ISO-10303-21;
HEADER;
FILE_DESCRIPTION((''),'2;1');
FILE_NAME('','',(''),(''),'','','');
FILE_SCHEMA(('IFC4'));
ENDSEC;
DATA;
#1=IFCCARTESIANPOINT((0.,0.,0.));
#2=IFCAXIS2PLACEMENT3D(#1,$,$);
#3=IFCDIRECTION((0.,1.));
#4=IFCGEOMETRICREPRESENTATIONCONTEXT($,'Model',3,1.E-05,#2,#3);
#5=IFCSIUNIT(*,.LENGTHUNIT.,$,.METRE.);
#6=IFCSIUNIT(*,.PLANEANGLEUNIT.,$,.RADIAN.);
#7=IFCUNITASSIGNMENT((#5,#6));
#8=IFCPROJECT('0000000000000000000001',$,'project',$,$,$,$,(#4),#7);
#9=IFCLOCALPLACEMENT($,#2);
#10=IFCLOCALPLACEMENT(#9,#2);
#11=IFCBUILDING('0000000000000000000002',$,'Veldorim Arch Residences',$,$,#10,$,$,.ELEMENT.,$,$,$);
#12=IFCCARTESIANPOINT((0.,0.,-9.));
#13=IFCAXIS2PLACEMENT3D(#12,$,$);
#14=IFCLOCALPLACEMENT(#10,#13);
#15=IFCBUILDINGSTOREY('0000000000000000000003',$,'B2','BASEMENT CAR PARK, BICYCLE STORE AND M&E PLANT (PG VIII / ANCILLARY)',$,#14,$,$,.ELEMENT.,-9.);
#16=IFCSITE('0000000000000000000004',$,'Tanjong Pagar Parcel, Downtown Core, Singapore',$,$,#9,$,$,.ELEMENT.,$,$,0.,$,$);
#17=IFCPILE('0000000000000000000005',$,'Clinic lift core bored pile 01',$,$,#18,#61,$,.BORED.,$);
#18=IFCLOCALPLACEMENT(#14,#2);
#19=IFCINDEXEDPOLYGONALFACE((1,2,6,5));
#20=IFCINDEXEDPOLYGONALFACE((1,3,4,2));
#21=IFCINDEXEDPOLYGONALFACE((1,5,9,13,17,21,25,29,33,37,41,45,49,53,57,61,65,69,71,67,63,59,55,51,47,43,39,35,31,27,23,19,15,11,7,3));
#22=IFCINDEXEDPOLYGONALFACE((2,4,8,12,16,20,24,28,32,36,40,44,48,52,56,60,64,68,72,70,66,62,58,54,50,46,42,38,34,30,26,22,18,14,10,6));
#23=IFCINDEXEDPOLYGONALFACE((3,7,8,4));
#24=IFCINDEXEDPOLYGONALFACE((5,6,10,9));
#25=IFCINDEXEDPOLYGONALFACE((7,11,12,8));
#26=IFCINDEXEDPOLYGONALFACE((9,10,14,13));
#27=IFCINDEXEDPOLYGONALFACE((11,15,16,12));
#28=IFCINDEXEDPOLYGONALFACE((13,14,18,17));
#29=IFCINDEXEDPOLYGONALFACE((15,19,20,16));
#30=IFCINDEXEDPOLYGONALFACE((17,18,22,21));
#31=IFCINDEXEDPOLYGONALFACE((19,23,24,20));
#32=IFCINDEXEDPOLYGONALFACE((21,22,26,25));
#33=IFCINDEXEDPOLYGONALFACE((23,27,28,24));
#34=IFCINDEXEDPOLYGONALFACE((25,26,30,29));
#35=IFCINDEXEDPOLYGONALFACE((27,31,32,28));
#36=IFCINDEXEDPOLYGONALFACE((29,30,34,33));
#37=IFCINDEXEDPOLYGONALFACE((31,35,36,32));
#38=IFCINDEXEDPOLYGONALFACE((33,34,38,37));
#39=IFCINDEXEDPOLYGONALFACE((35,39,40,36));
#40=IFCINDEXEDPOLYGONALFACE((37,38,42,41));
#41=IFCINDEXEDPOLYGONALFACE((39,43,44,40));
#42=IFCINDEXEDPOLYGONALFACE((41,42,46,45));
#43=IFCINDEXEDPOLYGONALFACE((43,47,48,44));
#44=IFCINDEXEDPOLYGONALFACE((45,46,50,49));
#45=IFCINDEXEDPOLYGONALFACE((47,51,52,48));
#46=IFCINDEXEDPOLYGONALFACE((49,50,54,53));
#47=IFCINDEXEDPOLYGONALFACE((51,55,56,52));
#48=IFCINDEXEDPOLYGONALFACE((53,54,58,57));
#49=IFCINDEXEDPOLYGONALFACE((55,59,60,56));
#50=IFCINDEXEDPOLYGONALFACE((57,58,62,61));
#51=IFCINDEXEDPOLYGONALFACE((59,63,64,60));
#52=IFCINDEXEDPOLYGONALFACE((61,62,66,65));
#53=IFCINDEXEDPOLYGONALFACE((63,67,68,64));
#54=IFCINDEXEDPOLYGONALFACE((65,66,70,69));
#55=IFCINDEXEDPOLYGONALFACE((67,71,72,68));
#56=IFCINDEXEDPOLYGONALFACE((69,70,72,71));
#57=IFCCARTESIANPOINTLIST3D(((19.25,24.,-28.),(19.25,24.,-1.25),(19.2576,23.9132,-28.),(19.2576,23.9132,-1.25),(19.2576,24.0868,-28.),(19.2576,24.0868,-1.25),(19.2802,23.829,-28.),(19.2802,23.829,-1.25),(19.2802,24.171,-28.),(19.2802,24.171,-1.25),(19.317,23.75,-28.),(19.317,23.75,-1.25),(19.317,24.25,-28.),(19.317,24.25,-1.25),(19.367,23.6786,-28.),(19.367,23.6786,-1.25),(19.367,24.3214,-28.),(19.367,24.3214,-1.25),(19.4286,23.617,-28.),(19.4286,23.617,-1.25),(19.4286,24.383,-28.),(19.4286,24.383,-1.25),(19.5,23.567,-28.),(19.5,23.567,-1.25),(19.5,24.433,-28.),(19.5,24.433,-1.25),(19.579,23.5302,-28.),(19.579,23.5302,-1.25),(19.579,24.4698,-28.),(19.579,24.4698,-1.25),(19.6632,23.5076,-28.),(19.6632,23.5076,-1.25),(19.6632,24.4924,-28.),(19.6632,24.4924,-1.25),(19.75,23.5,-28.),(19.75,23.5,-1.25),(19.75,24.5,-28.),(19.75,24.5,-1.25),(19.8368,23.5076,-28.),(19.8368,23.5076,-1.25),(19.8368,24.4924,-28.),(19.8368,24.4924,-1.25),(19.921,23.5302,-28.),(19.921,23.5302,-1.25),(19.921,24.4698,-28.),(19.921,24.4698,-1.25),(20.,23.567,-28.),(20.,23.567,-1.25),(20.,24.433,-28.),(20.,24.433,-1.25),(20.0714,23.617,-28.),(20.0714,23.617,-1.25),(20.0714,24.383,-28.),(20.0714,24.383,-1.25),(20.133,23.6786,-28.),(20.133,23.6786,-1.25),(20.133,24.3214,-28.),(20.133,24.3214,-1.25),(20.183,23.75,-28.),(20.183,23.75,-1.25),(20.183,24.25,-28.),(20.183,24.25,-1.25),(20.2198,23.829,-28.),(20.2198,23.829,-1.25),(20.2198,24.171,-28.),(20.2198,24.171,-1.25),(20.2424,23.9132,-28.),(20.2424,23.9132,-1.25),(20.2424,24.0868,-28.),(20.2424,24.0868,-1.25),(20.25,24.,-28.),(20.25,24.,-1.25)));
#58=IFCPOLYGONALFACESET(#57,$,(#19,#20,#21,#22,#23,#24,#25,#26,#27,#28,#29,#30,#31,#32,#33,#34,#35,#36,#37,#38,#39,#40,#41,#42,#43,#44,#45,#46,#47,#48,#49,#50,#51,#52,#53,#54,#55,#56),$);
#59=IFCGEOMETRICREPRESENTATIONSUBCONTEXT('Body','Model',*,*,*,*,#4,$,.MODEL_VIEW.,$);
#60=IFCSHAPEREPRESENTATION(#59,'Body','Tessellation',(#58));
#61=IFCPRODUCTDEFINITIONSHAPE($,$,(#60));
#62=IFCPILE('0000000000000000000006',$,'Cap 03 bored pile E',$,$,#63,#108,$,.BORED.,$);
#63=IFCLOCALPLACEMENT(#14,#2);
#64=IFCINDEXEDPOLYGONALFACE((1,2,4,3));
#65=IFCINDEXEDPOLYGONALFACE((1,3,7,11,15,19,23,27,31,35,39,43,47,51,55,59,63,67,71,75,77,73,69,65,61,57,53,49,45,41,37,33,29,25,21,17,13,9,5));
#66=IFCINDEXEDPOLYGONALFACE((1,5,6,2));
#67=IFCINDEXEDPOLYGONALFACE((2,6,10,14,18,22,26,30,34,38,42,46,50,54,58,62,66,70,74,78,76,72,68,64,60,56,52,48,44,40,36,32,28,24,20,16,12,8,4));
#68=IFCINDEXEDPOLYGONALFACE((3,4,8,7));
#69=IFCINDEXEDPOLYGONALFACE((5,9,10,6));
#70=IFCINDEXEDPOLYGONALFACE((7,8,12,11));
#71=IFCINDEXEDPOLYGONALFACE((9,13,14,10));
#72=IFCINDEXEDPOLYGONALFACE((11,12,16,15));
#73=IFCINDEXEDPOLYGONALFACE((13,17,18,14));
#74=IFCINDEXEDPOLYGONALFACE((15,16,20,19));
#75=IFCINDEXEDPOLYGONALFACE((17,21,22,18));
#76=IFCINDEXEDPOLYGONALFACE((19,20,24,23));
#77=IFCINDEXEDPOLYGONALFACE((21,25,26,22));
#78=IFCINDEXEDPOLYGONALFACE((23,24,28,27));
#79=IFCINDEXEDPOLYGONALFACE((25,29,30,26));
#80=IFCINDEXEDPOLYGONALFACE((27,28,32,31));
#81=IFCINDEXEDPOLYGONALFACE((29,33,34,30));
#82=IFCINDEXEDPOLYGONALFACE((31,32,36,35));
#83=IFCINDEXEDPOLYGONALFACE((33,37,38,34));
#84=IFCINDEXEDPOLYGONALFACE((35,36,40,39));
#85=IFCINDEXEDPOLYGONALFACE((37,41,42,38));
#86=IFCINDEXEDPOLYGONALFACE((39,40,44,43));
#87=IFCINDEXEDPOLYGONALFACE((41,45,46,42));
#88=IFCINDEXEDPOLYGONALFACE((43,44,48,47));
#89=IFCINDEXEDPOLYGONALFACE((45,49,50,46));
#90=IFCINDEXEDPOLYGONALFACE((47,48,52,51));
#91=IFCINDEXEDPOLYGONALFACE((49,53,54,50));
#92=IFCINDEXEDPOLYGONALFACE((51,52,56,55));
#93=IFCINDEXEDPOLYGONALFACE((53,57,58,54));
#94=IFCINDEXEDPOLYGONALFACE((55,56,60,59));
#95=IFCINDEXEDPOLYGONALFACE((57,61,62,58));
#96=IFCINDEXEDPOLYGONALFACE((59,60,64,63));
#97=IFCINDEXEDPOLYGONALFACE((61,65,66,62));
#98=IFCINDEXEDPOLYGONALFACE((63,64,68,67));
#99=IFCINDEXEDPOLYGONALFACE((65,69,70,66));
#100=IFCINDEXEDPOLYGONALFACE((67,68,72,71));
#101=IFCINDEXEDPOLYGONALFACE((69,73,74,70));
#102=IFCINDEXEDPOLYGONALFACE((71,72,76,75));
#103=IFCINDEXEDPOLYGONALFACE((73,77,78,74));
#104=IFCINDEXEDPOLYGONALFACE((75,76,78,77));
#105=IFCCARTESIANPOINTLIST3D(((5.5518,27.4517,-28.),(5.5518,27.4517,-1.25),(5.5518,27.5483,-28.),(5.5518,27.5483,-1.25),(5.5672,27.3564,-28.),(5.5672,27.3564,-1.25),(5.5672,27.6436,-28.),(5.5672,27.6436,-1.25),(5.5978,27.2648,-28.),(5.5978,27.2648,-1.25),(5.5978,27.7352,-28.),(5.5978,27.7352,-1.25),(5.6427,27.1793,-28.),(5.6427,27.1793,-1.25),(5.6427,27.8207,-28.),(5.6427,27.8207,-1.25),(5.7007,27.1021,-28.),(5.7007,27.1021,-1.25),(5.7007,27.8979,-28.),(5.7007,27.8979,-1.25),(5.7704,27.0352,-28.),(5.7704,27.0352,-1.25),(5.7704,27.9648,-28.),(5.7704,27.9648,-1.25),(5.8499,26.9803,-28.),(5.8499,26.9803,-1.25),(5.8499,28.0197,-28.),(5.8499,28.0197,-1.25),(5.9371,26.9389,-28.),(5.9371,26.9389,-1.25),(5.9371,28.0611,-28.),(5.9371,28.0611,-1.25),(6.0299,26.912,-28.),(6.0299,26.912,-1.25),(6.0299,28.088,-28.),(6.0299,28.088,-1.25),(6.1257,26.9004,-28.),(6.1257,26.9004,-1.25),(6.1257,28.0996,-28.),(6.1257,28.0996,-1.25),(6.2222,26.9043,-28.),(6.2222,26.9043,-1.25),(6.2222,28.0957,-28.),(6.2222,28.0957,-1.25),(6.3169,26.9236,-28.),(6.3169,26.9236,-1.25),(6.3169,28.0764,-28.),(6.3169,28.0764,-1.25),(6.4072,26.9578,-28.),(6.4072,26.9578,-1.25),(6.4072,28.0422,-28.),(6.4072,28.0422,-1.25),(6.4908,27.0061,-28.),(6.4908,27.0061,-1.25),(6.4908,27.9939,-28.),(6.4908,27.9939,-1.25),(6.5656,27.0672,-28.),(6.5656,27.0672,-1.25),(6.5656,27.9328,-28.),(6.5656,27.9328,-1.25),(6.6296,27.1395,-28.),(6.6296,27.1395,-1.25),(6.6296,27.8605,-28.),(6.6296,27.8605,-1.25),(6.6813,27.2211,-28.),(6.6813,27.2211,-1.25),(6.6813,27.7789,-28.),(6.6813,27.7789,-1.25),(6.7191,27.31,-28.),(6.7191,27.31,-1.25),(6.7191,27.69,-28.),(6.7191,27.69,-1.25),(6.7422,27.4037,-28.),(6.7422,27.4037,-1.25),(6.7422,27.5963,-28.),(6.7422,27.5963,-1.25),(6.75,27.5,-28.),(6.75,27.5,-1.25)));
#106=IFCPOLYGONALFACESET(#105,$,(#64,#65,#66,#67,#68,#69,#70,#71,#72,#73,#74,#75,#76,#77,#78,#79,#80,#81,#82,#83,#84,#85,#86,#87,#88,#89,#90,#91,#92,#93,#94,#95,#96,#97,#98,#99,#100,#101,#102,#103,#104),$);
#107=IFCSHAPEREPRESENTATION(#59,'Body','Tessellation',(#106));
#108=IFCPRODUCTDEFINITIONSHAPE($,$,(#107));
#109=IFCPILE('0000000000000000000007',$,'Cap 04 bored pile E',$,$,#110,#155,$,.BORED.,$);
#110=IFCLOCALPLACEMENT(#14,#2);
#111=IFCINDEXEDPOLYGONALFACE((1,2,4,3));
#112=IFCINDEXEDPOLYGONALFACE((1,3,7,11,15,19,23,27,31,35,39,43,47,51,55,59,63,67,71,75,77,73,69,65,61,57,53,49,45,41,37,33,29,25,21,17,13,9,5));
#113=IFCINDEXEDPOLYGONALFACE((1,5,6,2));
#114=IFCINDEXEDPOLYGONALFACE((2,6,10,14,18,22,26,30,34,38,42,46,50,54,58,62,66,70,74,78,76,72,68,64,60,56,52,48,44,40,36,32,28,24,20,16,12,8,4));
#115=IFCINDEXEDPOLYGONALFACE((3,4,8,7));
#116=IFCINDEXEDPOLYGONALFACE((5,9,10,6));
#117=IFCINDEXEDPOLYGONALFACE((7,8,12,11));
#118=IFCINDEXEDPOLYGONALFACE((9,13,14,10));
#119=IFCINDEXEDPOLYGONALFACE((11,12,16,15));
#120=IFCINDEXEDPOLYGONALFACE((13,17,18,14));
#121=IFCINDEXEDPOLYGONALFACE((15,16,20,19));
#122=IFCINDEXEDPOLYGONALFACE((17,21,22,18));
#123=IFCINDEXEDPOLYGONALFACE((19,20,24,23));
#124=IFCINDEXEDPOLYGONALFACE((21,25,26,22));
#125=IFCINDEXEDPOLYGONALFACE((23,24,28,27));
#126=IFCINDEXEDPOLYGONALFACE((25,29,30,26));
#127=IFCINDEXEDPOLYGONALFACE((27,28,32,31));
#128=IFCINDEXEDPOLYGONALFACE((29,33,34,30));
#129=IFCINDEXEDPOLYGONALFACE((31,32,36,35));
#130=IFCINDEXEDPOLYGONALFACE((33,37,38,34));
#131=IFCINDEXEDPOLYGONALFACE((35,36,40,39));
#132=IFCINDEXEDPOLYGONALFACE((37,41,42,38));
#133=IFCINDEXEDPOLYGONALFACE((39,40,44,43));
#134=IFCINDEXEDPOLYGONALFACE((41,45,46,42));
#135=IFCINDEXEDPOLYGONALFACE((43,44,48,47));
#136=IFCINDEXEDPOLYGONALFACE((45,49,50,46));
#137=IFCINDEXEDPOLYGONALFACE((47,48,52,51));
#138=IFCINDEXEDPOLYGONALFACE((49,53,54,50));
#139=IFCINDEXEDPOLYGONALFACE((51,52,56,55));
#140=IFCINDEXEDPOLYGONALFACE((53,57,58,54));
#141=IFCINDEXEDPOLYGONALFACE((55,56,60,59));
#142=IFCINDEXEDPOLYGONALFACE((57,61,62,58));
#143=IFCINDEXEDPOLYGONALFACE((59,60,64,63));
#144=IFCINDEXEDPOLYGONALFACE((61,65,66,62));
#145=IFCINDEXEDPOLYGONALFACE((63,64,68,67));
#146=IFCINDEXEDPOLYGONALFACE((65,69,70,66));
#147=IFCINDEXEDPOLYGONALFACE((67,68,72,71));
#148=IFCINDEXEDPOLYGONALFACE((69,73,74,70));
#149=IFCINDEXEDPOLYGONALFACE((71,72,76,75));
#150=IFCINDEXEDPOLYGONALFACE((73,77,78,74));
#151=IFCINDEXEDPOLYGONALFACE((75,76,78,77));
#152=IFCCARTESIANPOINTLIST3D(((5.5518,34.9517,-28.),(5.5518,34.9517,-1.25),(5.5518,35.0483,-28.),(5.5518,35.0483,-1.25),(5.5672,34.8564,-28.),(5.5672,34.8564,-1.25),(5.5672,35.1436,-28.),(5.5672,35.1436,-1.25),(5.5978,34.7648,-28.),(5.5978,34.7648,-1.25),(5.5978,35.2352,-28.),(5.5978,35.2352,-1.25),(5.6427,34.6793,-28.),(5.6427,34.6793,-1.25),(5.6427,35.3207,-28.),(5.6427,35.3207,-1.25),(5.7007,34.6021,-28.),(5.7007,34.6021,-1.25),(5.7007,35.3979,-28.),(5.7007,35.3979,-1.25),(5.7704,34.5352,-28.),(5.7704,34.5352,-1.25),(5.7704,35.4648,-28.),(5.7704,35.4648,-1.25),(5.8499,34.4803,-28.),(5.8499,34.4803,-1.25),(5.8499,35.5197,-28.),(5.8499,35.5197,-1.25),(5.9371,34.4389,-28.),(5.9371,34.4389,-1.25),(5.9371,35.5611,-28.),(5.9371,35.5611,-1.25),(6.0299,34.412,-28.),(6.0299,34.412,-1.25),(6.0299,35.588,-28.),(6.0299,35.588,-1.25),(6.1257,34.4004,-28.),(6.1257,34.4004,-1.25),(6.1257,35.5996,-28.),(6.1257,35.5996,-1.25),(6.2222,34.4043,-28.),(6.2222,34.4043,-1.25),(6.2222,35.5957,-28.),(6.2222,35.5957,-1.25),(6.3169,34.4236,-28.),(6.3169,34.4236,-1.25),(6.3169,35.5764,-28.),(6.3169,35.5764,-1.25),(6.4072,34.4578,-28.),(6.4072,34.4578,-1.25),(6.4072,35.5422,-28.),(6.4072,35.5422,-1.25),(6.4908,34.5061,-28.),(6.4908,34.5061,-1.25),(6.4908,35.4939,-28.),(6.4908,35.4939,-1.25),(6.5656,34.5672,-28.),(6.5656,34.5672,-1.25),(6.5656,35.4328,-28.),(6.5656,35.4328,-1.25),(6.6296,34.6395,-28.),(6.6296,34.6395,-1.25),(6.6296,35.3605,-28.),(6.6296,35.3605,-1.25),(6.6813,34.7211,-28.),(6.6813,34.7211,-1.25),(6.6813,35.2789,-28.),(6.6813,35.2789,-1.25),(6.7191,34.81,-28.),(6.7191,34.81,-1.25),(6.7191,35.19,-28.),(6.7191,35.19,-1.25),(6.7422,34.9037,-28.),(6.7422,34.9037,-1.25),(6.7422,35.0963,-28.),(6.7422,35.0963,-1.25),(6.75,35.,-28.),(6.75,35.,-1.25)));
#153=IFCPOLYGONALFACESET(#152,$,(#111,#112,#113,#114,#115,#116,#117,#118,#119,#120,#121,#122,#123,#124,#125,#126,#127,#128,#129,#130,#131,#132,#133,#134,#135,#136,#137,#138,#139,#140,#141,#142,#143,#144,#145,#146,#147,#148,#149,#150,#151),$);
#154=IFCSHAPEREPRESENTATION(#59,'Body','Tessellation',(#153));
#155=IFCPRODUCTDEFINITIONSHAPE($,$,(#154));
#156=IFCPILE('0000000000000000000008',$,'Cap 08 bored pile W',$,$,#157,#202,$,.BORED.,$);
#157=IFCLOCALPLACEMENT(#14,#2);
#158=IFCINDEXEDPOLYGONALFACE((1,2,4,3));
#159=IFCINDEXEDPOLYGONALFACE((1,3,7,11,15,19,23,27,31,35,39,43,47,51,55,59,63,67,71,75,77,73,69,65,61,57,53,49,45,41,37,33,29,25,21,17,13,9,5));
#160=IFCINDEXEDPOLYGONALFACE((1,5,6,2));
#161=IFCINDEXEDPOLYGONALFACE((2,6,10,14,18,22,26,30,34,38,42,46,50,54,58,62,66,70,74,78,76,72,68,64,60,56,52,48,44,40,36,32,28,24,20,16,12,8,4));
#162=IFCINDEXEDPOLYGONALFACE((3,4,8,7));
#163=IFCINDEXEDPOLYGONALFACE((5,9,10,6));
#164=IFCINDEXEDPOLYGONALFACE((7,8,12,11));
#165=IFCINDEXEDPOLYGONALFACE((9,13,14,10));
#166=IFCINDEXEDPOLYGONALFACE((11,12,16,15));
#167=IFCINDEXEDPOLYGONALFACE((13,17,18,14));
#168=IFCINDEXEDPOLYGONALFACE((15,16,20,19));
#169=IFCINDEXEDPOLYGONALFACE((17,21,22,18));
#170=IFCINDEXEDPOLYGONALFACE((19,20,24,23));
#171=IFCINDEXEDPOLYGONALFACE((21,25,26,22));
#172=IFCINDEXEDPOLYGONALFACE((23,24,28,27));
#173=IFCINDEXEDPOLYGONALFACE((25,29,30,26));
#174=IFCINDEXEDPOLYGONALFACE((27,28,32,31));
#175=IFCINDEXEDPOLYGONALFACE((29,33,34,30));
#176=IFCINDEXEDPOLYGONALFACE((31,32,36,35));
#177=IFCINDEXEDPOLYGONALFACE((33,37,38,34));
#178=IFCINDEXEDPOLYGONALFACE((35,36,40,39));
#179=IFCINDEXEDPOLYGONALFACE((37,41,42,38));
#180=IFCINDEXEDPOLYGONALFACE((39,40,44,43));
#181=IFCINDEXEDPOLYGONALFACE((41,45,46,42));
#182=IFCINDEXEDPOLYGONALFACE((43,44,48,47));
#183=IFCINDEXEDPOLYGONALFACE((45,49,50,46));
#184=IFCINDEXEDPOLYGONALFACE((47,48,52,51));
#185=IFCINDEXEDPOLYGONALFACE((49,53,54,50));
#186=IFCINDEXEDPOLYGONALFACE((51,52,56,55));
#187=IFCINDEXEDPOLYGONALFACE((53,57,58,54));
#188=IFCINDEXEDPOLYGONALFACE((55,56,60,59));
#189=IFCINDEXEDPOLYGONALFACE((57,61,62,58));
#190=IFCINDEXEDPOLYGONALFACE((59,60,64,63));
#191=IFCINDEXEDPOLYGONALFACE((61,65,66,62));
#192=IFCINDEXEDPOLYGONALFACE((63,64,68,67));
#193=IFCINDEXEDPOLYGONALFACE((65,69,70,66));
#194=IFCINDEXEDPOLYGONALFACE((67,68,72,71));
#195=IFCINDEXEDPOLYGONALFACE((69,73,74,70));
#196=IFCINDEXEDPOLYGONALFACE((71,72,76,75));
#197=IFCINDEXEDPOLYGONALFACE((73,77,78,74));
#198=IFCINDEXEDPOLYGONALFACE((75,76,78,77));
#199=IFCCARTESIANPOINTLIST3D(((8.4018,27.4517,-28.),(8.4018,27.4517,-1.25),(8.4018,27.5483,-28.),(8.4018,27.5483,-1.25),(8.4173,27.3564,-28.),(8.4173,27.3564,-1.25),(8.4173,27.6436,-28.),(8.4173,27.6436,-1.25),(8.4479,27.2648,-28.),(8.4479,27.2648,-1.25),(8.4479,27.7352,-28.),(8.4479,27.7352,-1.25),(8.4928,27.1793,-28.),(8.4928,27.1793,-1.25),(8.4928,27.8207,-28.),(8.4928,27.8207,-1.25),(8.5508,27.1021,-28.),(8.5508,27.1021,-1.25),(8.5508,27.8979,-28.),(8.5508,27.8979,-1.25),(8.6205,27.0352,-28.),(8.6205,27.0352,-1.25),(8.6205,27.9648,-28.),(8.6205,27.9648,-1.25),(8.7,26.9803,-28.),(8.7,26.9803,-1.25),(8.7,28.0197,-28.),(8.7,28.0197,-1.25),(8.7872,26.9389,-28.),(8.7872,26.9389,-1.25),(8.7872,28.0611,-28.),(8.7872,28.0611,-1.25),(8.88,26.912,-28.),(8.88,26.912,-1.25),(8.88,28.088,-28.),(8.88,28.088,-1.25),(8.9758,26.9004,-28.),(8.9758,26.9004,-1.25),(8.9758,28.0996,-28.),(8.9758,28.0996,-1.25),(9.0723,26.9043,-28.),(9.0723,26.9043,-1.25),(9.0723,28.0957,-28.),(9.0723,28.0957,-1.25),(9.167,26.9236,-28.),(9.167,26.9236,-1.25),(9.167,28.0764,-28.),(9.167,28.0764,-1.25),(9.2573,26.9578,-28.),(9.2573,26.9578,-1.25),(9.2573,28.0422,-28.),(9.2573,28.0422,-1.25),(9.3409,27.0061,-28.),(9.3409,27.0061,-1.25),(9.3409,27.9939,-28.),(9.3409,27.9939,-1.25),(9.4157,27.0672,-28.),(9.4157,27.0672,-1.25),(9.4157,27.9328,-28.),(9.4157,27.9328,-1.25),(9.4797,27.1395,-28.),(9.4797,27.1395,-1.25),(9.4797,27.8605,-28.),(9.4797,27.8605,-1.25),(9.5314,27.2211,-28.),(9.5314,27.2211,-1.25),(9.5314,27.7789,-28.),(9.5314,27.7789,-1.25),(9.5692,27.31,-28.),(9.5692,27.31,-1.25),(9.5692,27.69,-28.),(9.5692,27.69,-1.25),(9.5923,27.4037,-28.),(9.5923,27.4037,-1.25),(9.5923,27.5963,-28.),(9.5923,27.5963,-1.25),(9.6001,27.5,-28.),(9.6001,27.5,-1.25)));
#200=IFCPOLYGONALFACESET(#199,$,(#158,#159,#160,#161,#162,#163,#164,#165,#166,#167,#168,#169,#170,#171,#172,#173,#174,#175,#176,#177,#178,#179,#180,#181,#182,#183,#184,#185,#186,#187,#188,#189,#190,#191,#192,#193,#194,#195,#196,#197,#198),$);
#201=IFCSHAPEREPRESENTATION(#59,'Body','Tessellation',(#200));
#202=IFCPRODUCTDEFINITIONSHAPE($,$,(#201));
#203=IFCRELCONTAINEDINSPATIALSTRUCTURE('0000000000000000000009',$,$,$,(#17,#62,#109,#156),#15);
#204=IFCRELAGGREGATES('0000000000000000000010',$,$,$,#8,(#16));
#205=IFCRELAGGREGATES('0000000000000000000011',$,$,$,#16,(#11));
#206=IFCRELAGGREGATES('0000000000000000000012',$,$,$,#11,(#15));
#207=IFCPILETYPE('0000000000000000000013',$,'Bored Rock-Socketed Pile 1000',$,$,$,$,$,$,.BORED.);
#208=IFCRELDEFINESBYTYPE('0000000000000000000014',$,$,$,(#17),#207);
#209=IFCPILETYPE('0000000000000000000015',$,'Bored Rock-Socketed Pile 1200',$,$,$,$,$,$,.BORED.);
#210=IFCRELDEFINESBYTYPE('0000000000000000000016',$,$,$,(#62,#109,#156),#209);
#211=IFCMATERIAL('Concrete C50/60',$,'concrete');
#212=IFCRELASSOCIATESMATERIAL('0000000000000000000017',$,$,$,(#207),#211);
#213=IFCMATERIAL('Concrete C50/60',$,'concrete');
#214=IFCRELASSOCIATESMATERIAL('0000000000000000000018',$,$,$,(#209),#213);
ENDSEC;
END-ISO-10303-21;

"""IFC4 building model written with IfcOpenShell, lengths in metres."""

from ifc_helpers import new_model, si_unit, direction, frame, origin, origin_2d, place, context, subcontext, project, spatial, circle, extrude, material, material_profile, profile_set, type_object, element, save


model = new_model("IFC4")

# Units and contexts
model_context = context("Model", 3, precision=1e-05, world=origin(), true_north=direction((0.0, 1.0)))
body_context = subcontext(model_context, "Body", "Model", "MODEL_VIEW")
ifc_project = project(units=[si_unit("LENGTHUNIT", "METRE"), si_unit("PLANEANGLEUNIT", "RADIAN")], contexts=[model_context])

# Site, building, storey
site_placement = place(None, origin())
site = spatial("IfcSite", under=ifc_project, at=site_placement, Name="Tanjong Pagar Parcel, Downtown Core, Singapore", CompositionType="ELEMENT", RefElevation=0.0)
building_placement = place(site_placement, origin())
building = spatial("IfcBuilding", under=site, at=building_placement, Name="Veldorim Arch Residences", CompositionType="ELEMENT")
storey_placement = place(building_placement, frame((0.0, 0.0, -9.0)))
storey = spatial("IfcBuildingStorey", under=building, at=storey_placement, Name="B2", Description="BASEMENT CAR PARK, BICYCLE STORE AND M&E PLANT (PG VIII / ANCILLARY)", CompositionType="ELEMENT", Elevation=-9.0)

# Piles
ifc_material_1 = material(Name="Concrete C50/60", Category="concrete")
ifc_material_profile_1 = material_profile(ifc_material_1, circle(Radius=0.5, at=origin_2d()), Name="PILE_1000")
ifc_profile_set_1 = profile_set([ifc_material_profile_1], Name="Concrete C50/60")
pile_type_1 = type_object("IfcPileType", Name="Bored Rock-Socketed Pile 1000", PredefinedType="BORED", material=ifc_profile_set_1)
pile_placement = place(storey_placement, frame((19.75, 24.0, -1.25), z_axis=(0.0, 0.0, -1.0), x_axis=(1.0, 0.0, 0.0)))
element("IfcPile", 1, at=pile_placement, inside=storey, type_object=pile_type_1, Name="Clinic lift core bored pile 01", PredefinedType="BORED", context=body_context, shape_type="SweptSolid", body=[
    extrude(circle(Radius=0.5, at=origin_2d()), origin(), (0.0, 0.0, 1.0), 26.75),
])
ifc_material_2 = material(Name="Concrete C50/60", Category="concrete")
ifc_material_profile_2 = material_profile(ifc_material_2, circle(Radius=0.6001, at=origin_2d()), Name="PILE_1200")
ifc_profile_set_2 = profile_set([ifc_material_profile_2], Name="Concrete C50/60")
pile_type_2 = type_object("IfcPileType", Name="Bored Rock-Socketed Pile 1200", PredefinedType="BORED", material=ifc_profile_set_2)
for number, where, z_axis, x_axis, name in (
    (2, (6.1499, 27.5, -1.25), (0.0, 0.0, -1.0), (1.0, 0.0, 0.0), "Cap 03 bored pile E"),
    (3, (6.1499, 35.0, -1.25), (0.0, 0.0, -1.0), (1.0, 0.0, 0.0), "Cap 04 bored pile E"),
    (4, (9.0, 27.5, -1.25), (0.0, 0.0, -1.0), (1.0, 0.0, 0.0), "Cap 08 bored pile W"),
):
    element("IfcPile", number, at=place(storey_placement, frame(where, z_axis=z_axis, x_axis=x_axis)), inside=storey, type_object=pile_type_2, Name=name, PredefinedType="BORED", context=body_context, shape_type="SweptSolid", body=[
        extrude(circle(Radius=0.6001, at=origin_2d()), origin(), (0.0, 0.0, 1.0), 26.75),
    ])

save(model, "model.ifc")
